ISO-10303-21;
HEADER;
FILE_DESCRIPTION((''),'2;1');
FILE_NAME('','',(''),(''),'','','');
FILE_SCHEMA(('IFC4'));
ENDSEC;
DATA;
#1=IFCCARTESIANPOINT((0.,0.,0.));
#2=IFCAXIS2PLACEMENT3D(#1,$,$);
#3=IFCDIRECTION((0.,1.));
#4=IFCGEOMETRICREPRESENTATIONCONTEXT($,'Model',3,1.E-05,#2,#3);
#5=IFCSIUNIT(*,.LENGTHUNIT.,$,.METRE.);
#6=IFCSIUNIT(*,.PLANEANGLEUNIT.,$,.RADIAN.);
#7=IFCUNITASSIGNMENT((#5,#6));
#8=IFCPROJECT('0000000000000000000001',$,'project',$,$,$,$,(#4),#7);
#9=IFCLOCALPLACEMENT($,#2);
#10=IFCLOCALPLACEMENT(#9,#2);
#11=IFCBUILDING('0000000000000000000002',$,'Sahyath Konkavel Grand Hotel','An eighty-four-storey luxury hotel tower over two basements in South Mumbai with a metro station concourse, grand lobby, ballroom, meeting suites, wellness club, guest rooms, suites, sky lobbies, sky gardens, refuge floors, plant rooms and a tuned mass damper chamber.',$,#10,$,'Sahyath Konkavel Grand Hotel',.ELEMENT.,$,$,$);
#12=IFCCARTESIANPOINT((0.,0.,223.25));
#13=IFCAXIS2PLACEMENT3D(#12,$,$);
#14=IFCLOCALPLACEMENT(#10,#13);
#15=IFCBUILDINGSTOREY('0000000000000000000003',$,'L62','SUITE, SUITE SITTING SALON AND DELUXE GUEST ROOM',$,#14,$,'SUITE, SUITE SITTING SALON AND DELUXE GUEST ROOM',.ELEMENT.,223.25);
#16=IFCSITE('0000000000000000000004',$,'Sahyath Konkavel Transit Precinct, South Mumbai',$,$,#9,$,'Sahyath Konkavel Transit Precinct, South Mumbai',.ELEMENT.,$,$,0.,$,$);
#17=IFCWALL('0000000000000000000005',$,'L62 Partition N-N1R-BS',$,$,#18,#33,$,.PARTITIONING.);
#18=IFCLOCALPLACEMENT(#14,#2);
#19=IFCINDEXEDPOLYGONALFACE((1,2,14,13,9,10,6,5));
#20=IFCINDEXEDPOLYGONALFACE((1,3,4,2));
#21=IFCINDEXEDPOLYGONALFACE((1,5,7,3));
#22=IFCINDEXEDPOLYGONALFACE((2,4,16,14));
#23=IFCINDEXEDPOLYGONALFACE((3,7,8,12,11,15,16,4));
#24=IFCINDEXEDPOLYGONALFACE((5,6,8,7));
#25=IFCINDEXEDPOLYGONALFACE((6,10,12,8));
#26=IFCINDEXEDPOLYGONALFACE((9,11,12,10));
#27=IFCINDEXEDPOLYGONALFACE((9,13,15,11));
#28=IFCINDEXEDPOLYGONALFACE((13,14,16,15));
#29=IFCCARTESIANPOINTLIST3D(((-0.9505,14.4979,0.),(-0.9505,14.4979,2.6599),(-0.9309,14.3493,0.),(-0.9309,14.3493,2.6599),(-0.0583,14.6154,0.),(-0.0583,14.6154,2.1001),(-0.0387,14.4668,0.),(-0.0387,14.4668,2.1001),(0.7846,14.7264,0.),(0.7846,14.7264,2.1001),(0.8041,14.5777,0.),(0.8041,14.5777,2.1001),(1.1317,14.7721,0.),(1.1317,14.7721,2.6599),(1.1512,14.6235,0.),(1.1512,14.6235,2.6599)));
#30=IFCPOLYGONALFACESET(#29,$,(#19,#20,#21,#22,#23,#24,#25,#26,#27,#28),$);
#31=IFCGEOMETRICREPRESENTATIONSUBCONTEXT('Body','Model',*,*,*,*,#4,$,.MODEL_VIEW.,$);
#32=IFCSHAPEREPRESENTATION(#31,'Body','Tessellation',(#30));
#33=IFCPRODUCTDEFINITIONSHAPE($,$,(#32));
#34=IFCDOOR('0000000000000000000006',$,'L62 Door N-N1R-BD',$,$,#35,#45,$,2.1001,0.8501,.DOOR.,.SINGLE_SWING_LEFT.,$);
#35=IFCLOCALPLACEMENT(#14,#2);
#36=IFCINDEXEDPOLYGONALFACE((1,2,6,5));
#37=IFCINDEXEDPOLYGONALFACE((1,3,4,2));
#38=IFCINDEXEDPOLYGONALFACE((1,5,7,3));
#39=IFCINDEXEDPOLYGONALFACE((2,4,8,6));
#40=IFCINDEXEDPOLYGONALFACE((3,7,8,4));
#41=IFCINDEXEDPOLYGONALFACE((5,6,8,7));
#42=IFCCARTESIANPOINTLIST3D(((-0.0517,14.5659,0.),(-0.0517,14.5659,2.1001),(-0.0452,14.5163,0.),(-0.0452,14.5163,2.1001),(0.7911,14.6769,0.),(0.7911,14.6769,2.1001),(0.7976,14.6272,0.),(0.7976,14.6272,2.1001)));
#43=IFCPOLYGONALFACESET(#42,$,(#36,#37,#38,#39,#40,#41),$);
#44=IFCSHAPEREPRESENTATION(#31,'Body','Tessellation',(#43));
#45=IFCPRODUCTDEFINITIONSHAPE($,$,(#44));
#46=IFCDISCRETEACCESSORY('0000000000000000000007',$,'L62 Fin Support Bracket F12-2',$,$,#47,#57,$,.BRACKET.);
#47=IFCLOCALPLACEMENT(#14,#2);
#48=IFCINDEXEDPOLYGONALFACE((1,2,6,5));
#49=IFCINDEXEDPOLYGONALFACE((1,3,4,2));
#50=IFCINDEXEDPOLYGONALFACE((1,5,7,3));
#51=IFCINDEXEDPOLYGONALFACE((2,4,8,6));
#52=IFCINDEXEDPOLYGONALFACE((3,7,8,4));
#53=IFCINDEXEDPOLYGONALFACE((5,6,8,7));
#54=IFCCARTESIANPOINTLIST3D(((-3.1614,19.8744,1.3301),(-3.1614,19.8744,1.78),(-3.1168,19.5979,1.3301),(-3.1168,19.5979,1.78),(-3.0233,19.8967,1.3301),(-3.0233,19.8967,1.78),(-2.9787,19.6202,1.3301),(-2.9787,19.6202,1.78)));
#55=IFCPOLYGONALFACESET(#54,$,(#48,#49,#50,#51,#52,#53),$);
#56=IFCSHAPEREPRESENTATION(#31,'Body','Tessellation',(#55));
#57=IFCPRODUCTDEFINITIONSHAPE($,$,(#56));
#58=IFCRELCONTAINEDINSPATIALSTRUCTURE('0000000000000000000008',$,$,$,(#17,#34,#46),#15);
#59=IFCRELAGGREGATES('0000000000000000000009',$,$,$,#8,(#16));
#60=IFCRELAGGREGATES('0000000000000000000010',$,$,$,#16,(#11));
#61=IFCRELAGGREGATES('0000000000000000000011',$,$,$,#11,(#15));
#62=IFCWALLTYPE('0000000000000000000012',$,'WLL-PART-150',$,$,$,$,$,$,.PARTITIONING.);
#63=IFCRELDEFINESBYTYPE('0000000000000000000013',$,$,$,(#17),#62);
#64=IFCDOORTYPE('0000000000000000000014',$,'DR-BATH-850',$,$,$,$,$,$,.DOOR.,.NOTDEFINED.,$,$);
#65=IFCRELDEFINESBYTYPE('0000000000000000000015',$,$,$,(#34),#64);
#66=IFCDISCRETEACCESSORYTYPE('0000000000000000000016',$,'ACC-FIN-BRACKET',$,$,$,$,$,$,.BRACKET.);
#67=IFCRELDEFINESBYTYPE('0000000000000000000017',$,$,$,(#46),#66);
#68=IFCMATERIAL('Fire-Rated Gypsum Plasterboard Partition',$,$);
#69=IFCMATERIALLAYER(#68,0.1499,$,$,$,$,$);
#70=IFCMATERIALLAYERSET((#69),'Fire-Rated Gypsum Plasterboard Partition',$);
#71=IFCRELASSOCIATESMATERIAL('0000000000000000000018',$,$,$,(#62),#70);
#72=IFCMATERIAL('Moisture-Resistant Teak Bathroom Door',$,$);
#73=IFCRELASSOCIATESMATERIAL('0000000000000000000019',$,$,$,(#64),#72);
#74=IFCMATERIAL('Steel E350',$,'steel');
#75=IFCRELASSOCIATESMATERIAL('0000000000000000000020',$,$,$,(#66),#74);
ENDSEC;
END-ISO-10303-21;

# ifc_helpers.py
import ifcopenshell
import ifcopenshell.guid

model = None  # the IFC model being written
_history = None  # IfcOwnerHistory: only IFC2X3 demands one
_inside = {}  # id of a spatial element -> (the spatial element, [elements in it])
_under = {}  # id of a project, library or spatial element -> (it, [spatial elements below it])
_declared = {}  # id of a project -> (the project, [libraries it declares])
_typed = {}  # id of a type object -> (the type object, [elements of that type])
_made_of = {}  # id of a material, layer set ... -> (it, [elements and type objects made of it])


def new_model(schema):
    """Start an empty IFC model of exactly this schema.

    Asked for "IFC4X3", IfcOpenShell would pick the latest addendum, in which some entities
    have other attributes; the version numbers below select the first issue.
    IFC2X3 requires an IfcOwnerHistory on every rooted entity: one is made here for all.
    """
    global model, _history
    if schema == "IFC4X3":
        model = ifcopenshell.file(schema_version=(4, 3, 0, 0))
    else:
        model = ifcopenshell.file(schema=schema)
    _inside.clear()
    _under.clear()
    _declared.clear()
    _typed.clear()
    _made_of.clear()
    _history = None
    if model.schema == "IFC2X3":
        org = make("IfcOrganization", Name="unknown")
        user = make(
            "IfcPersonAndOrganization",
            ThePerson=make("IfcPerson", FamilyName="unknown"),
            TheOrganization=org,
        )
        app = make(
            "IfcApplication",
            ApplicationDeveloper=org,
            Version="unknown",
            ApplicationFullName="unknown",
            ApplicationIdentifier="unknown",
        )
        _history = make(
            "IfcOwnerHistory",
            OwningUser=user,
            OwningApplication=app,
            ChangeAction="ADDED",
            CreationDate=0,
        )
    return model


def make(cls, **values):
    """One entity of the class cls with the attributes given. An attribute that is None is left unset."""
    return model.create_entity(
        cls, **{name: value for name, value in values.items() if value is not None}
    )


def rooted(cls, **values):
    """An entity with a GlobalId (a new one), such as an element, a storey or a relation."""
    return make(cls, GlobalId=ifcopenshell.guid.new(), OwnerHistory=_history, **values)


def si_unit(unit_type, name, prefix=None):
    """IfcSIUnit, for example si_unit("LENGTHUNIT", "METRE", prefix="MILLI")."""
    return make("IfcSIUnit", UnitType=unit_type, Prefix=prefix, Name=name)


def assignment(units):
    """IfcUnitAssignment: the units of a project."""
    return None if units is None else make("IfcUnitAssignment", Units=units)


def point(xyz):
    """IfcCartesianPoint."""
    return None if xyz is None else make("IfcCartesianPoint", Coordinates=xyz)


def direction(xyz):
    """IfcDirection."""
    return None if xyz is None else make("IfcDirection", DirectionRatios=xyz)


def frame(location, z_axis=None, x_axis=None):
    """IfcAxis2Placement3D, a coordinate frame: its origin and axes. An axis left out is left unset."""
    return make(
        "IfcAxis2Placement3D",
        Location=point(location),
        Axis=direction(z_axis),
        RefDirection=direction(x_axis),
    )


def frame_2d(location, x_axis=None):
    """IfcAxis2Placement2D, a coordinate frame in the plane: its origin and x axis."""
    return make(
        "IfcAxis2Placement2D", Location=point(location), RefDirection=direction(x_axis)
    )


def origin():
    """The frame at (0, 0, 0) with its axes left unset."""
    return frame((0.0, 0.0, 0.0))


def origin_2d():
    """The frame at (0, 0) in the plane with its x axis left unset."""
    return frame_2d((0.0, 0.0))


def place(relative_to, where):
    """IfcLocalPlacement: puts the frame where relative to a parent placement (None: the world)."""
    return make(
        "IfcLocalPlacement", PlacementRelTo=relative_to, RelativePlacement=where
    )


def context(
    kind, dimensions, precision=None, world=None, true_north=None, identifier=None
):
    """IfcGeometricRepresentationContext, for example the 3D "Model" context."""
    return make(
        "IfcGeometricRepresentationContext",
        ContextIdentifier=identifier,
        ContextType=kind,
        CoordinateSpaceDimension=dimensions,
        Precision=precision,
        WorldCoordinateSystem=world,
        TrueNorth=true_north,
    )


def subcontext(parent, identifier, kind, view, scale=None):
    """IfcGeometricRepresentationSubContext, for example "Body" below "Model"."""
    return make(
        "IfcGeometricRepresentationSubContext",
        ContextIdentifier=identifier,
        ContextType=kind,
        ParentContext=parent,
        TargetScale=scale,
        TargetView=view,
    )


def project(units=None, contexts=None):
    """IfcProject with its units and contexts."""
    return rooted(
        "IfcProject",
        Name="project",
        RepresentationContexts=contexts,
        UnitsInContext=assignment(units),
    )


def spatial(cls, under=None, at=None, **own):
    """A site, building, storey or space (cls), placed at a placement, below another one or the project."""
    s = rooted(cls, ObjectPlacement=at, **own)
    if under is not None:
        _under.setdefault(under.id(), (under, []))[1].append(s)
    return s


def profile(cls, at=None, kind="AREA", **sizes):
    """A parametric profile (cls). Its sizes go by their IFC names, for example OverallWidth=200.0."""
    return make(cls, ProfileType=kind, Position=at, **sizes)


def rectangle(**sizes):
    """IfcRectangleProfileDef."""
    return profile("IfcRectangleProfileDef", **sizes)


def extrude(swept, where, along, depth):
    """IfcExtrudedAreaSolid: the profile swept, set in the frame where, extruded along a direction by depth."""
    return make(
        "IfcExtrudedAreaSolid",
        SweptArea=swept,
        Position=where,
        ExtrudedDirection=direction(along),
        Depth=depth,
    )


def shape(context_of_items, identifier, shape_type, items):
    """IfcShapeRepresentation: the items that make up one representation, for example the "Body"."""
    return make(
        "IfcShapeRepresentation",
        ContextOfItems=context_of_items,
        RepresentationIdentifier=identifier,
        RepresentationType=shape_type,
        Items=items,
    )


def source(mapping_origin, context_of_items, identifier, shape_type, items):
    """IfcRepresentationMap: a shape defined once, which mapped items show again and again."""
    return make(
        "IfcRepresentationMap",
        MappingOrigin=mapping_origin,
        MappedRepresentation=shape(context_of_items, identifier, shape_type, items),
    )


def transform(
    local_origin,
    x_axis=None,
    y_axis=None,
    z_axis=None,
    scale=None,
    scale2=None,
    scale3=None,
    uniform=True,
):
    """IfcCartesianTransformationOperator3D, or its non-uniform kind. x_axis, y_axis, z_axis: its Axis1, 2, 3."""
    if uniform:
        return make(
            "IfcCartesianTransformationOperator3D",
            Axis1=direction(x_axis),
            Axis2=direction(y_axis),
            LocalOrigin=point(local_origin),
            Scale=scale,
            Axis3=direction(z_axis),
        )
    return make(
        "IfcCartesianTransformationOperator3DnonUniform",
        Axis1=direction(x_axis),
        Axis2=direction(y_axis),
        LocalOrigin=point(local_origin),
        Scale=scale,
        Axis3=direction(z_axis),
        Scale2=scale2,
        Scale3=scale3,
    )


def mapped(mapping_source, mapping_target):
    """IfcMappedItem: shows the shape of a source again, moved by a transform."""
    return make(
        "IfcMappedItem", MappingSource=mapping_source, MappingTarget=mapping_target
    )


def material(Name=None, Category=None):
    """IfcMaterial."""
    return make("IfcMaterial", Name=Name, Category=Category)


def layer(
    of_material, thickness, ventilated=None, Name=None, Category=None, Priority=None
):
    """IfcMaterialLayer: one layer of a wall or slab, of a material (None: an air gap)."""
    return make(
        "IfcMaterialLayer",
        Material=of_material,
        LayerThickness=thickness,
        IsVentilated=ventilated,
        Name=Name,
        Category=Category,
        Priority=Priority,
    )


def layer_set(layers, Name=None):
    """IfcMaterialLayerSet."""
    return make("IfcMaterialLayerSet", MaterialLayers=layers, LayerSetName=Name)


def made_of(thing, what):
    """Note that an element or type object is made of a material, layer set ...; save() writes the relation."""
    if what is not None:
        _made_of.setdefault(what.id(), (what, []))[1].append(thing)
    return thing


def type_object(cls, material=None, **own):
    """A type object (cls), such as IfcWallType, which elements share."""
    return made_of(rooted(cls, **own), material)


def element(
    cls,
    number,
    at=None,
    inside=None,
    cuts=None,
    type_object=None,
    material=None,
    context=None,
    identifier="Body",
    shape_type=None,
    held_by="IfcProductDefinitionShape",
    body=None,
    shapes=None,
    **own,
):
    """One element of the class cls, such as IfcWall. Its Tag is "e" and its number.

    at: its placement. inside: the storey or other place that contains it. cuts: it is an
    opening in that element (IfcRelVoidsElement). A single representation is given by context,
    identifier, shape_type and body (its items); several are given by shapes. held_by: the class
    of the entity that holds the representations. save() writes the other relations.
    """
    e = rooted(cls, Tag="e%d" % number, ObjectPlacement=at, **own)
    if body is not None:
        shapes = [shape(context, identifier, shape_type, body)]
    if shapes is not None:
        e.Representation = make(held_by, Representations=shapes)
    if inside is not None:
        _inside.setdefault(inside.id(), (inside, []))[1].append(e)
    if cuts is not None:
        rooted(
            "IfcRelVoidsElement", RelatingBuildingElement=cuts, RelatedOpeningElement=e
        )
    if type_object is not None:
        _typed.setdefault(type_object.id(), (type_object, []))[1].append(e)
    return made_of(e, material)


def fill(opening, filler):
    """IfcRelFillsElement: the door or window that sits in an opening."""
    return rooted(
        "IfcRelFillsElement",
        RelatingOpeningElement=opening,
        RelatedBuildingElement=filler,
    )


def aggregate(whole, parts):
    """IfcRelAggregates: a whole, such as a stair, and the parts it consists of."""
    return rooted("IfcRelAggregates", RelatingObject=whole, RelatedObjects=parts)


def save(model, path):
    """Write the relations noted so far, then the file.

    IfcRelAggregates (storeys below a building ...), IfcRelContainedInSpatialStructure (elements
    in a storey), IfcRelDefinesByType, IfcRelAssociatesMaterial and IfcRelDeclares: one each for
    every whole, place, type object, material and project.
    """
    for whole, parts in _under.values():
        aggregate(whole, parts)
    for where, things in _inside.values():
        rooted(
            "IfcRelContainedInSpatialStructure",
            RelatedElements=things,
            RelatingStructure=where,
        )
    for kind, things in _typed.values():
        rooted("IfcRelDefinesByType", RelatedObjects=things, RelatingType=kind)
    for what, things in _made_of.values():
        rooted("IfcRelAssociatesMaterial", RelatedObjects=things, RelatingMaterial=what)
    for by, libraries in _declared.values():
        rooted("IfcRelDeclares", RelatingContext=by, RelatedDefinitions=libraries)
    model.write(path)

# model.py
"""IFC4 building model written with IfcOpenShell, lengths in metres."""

from ifc_helpers import new_model, si_unit, direction, frame, frame_2d, origin, origin_2d, place, context, subcontext, project, spatial, rectangle, extrude, source, transform, mapped, material, layer, layer_set, type_object, element, fill, save


model = new_model("IFC4")

# Units and contexts
model_context = context("Model", 3, precision=1e-05, world=origin(), true_north=direction((0.0, 1.0)))
body_context = subcontext(model_context, "Body", "Model", "MODEL_VIEW")
ifc_project = project(units=[si_unit("LENGTHUNIT", "METRE"), si_unit("PLANEANGLEUNIT", "RADIAN")], contexts=[model_context])

# Site, building, storey
site_placement = place(None, origin())
site = spatial("IfcSite", under=ifc_project, at=site_placement, Name="Sahyath Konkavel Transit Precinct, South Mumbai", LongName="Sahyath Konkavel Transit Precinct, South Mumbai", CompositionType="ELEMENT", RefElevation=0.0)
building_placement = place(site_placement, origin())
building = spatial("IfcBuilding", under=site, at=building_placement, Name="Sahyath Konkavel Grand Hotel", Description="An eighty-four-storey luxury hotel tower over two basements in South Mumbai with a metro station concourse, grand lobby, ballroom, meeting suites, wellness club, guest rooms, suites, sky lobbies, sky gardens, refuge floors, plant rooms and a tuned mass damper chamber.", LongName="Sahyath Konkavel Grand Hotel", CompositionType="ELEMENT")
storey_placement = place(building_placement, frame((0.0, 0.0, 223.25)))
storey = spatial("IfcBuildingStorey", under=building, at=storey_placement, Name="L62", Description="SUITE, SUITE SITTING SALON AND DELUXE GUEST ROOM", LongName="SUITE, SUITE SITTING SALON AND DELUXE GUEST ROOM", CompositionType="ELEMENT", Elevation=223.25)

# Shared definitions
ifc_material_1 = material(Name="Steel E350", Category="steel")

# Shared definitions
ifc_material_2 = material(Name="Fire-Rated Gypsum Plasterboard Partition")
ifc_layer_1 = layer(ifc_material_2, 0.1499)
ifc_layer_set_1 = layer_set([ifc_layer_1], Name="Fire-Rated Gypsum Plasterboard Partition")
wall_type_1 = type_object("IfcWallType", Name="WLL-PART-150", PredefinedType="PARTITIONING", material=ifc_layer_set_1)
shared_shape_1 = source(origin(), body_context, "Body", "SweptSolid", [
    extrude(rectangle(XDim=0.8501, YDim=0.05, at=origin_2d()), origin(), (0.0, 0.0, 1.0), 2.1001),
])

# Shared definitions
ifc_material_3 = material(Name="Moisture-Resistant Teak Bathroom Door")
door_type_1 = type_object("IfcDoorType", Name="DR-BATH-850", OperationType="NOTDEFINED", PredefinedType="DOOR", material=ifc_material_3)

# Wall, opening, door
wall_1_placement = place(storey_placement, frame((-0.9407, 14.4236, 0.0), z_axis=(0.0, 0.0, 1.0), x_axis=(0.991441, 0.130557, 0.0)))
wall_1 = element("IfcWall", 1, at=wall_1_placement, inside=storey, type_object=wall_type_1, Name="L62 Partition N-N1R-BS", PredefinedType="PARTITIONING", context=body_context, shape_type="SweptSolid", body=[
    extrude(rectangle(XDim=2.1001, YDim=0.1499, at=frame_2d((1.05, 0.0))), origin(), (0.0, 0.0, 1.0), 2.6599),
])
opening_1_placement = place(wall_1_placement, frame((0.8999, 0.0, 0.0)))
opening_1 = element("IfcOpeningElement", 2, at=opening_1_placement, cuts=wall_1, PredefinedType="OPENING", context=body_context, shape_type="SweptSolid", body=[
    extrude(rectangle(XDim=0.8501, YDim=2.1001, at=frame_2d((0.425, 1.05))), frame((0.0, 0.085, 0.0), z_axis=(0.0, -1.0, 0.0), x_axis=(1.0, 0.0, 0.0)), (0.0, 0.0, 1.0), 0.1699),
])
door_1_placement = place(opening_1_placement, frame((0.425, 0.0, 0.0)))
door_1 = element("IfcDoor", 3, at=door_1_placement, inside=storey, type_object=door_type_1, Name="L62 Door N-N1R-BD", OperationType="SINGLE_SWING_LEFT", OverallHeight=2.1001, OverallWidth=0.8501, PredefinedType="DOOR", context=body_context, shape_type="MappedRepresentation", body=[
    mapped(shared_shape_1, transform((0.0, 0.0, 0.0), scale=1.0)),
])
fill(opening_1, door_1)

# Discrete accessory
discrete_accessory_type = type_object("IfcDiscreteAccessoryType", Name="ACC-FIN-BRACKET", PredefinedType="BRACKET", material=ifc_material_1)
shared_shape_2 = source(origin(), body_context, "Body", "SweptSolid", [
    extrude(rectangle(XDim=0.28, YDim=0.1399, at=origin_2d()), origin(), (0.0, 0.0, 1.0), 0.45),
])
discrete_accessory_placement = place(storey_placement, frame((-3.0701, 19.7473, 1.3301), z_axis=(0.0, 0.0, 1.0), x_axis=(-0.159347, 0.987223, 0.0)))
element("IfcDiscreteAccessory", 4, at=discrete_accessory_placement, inside=storey, type_object=discrete_accessory_type, Name="L62 Fin Support Bracket F12-2", PredefinedType="BRACKET", context=body_context, shape_type="MappedRepresentation", body=[
    mapped(shared_shape_2, transform((0.0, 0.0, 0.0), scale=1.0)),
])

save(model, "model.ifc")
